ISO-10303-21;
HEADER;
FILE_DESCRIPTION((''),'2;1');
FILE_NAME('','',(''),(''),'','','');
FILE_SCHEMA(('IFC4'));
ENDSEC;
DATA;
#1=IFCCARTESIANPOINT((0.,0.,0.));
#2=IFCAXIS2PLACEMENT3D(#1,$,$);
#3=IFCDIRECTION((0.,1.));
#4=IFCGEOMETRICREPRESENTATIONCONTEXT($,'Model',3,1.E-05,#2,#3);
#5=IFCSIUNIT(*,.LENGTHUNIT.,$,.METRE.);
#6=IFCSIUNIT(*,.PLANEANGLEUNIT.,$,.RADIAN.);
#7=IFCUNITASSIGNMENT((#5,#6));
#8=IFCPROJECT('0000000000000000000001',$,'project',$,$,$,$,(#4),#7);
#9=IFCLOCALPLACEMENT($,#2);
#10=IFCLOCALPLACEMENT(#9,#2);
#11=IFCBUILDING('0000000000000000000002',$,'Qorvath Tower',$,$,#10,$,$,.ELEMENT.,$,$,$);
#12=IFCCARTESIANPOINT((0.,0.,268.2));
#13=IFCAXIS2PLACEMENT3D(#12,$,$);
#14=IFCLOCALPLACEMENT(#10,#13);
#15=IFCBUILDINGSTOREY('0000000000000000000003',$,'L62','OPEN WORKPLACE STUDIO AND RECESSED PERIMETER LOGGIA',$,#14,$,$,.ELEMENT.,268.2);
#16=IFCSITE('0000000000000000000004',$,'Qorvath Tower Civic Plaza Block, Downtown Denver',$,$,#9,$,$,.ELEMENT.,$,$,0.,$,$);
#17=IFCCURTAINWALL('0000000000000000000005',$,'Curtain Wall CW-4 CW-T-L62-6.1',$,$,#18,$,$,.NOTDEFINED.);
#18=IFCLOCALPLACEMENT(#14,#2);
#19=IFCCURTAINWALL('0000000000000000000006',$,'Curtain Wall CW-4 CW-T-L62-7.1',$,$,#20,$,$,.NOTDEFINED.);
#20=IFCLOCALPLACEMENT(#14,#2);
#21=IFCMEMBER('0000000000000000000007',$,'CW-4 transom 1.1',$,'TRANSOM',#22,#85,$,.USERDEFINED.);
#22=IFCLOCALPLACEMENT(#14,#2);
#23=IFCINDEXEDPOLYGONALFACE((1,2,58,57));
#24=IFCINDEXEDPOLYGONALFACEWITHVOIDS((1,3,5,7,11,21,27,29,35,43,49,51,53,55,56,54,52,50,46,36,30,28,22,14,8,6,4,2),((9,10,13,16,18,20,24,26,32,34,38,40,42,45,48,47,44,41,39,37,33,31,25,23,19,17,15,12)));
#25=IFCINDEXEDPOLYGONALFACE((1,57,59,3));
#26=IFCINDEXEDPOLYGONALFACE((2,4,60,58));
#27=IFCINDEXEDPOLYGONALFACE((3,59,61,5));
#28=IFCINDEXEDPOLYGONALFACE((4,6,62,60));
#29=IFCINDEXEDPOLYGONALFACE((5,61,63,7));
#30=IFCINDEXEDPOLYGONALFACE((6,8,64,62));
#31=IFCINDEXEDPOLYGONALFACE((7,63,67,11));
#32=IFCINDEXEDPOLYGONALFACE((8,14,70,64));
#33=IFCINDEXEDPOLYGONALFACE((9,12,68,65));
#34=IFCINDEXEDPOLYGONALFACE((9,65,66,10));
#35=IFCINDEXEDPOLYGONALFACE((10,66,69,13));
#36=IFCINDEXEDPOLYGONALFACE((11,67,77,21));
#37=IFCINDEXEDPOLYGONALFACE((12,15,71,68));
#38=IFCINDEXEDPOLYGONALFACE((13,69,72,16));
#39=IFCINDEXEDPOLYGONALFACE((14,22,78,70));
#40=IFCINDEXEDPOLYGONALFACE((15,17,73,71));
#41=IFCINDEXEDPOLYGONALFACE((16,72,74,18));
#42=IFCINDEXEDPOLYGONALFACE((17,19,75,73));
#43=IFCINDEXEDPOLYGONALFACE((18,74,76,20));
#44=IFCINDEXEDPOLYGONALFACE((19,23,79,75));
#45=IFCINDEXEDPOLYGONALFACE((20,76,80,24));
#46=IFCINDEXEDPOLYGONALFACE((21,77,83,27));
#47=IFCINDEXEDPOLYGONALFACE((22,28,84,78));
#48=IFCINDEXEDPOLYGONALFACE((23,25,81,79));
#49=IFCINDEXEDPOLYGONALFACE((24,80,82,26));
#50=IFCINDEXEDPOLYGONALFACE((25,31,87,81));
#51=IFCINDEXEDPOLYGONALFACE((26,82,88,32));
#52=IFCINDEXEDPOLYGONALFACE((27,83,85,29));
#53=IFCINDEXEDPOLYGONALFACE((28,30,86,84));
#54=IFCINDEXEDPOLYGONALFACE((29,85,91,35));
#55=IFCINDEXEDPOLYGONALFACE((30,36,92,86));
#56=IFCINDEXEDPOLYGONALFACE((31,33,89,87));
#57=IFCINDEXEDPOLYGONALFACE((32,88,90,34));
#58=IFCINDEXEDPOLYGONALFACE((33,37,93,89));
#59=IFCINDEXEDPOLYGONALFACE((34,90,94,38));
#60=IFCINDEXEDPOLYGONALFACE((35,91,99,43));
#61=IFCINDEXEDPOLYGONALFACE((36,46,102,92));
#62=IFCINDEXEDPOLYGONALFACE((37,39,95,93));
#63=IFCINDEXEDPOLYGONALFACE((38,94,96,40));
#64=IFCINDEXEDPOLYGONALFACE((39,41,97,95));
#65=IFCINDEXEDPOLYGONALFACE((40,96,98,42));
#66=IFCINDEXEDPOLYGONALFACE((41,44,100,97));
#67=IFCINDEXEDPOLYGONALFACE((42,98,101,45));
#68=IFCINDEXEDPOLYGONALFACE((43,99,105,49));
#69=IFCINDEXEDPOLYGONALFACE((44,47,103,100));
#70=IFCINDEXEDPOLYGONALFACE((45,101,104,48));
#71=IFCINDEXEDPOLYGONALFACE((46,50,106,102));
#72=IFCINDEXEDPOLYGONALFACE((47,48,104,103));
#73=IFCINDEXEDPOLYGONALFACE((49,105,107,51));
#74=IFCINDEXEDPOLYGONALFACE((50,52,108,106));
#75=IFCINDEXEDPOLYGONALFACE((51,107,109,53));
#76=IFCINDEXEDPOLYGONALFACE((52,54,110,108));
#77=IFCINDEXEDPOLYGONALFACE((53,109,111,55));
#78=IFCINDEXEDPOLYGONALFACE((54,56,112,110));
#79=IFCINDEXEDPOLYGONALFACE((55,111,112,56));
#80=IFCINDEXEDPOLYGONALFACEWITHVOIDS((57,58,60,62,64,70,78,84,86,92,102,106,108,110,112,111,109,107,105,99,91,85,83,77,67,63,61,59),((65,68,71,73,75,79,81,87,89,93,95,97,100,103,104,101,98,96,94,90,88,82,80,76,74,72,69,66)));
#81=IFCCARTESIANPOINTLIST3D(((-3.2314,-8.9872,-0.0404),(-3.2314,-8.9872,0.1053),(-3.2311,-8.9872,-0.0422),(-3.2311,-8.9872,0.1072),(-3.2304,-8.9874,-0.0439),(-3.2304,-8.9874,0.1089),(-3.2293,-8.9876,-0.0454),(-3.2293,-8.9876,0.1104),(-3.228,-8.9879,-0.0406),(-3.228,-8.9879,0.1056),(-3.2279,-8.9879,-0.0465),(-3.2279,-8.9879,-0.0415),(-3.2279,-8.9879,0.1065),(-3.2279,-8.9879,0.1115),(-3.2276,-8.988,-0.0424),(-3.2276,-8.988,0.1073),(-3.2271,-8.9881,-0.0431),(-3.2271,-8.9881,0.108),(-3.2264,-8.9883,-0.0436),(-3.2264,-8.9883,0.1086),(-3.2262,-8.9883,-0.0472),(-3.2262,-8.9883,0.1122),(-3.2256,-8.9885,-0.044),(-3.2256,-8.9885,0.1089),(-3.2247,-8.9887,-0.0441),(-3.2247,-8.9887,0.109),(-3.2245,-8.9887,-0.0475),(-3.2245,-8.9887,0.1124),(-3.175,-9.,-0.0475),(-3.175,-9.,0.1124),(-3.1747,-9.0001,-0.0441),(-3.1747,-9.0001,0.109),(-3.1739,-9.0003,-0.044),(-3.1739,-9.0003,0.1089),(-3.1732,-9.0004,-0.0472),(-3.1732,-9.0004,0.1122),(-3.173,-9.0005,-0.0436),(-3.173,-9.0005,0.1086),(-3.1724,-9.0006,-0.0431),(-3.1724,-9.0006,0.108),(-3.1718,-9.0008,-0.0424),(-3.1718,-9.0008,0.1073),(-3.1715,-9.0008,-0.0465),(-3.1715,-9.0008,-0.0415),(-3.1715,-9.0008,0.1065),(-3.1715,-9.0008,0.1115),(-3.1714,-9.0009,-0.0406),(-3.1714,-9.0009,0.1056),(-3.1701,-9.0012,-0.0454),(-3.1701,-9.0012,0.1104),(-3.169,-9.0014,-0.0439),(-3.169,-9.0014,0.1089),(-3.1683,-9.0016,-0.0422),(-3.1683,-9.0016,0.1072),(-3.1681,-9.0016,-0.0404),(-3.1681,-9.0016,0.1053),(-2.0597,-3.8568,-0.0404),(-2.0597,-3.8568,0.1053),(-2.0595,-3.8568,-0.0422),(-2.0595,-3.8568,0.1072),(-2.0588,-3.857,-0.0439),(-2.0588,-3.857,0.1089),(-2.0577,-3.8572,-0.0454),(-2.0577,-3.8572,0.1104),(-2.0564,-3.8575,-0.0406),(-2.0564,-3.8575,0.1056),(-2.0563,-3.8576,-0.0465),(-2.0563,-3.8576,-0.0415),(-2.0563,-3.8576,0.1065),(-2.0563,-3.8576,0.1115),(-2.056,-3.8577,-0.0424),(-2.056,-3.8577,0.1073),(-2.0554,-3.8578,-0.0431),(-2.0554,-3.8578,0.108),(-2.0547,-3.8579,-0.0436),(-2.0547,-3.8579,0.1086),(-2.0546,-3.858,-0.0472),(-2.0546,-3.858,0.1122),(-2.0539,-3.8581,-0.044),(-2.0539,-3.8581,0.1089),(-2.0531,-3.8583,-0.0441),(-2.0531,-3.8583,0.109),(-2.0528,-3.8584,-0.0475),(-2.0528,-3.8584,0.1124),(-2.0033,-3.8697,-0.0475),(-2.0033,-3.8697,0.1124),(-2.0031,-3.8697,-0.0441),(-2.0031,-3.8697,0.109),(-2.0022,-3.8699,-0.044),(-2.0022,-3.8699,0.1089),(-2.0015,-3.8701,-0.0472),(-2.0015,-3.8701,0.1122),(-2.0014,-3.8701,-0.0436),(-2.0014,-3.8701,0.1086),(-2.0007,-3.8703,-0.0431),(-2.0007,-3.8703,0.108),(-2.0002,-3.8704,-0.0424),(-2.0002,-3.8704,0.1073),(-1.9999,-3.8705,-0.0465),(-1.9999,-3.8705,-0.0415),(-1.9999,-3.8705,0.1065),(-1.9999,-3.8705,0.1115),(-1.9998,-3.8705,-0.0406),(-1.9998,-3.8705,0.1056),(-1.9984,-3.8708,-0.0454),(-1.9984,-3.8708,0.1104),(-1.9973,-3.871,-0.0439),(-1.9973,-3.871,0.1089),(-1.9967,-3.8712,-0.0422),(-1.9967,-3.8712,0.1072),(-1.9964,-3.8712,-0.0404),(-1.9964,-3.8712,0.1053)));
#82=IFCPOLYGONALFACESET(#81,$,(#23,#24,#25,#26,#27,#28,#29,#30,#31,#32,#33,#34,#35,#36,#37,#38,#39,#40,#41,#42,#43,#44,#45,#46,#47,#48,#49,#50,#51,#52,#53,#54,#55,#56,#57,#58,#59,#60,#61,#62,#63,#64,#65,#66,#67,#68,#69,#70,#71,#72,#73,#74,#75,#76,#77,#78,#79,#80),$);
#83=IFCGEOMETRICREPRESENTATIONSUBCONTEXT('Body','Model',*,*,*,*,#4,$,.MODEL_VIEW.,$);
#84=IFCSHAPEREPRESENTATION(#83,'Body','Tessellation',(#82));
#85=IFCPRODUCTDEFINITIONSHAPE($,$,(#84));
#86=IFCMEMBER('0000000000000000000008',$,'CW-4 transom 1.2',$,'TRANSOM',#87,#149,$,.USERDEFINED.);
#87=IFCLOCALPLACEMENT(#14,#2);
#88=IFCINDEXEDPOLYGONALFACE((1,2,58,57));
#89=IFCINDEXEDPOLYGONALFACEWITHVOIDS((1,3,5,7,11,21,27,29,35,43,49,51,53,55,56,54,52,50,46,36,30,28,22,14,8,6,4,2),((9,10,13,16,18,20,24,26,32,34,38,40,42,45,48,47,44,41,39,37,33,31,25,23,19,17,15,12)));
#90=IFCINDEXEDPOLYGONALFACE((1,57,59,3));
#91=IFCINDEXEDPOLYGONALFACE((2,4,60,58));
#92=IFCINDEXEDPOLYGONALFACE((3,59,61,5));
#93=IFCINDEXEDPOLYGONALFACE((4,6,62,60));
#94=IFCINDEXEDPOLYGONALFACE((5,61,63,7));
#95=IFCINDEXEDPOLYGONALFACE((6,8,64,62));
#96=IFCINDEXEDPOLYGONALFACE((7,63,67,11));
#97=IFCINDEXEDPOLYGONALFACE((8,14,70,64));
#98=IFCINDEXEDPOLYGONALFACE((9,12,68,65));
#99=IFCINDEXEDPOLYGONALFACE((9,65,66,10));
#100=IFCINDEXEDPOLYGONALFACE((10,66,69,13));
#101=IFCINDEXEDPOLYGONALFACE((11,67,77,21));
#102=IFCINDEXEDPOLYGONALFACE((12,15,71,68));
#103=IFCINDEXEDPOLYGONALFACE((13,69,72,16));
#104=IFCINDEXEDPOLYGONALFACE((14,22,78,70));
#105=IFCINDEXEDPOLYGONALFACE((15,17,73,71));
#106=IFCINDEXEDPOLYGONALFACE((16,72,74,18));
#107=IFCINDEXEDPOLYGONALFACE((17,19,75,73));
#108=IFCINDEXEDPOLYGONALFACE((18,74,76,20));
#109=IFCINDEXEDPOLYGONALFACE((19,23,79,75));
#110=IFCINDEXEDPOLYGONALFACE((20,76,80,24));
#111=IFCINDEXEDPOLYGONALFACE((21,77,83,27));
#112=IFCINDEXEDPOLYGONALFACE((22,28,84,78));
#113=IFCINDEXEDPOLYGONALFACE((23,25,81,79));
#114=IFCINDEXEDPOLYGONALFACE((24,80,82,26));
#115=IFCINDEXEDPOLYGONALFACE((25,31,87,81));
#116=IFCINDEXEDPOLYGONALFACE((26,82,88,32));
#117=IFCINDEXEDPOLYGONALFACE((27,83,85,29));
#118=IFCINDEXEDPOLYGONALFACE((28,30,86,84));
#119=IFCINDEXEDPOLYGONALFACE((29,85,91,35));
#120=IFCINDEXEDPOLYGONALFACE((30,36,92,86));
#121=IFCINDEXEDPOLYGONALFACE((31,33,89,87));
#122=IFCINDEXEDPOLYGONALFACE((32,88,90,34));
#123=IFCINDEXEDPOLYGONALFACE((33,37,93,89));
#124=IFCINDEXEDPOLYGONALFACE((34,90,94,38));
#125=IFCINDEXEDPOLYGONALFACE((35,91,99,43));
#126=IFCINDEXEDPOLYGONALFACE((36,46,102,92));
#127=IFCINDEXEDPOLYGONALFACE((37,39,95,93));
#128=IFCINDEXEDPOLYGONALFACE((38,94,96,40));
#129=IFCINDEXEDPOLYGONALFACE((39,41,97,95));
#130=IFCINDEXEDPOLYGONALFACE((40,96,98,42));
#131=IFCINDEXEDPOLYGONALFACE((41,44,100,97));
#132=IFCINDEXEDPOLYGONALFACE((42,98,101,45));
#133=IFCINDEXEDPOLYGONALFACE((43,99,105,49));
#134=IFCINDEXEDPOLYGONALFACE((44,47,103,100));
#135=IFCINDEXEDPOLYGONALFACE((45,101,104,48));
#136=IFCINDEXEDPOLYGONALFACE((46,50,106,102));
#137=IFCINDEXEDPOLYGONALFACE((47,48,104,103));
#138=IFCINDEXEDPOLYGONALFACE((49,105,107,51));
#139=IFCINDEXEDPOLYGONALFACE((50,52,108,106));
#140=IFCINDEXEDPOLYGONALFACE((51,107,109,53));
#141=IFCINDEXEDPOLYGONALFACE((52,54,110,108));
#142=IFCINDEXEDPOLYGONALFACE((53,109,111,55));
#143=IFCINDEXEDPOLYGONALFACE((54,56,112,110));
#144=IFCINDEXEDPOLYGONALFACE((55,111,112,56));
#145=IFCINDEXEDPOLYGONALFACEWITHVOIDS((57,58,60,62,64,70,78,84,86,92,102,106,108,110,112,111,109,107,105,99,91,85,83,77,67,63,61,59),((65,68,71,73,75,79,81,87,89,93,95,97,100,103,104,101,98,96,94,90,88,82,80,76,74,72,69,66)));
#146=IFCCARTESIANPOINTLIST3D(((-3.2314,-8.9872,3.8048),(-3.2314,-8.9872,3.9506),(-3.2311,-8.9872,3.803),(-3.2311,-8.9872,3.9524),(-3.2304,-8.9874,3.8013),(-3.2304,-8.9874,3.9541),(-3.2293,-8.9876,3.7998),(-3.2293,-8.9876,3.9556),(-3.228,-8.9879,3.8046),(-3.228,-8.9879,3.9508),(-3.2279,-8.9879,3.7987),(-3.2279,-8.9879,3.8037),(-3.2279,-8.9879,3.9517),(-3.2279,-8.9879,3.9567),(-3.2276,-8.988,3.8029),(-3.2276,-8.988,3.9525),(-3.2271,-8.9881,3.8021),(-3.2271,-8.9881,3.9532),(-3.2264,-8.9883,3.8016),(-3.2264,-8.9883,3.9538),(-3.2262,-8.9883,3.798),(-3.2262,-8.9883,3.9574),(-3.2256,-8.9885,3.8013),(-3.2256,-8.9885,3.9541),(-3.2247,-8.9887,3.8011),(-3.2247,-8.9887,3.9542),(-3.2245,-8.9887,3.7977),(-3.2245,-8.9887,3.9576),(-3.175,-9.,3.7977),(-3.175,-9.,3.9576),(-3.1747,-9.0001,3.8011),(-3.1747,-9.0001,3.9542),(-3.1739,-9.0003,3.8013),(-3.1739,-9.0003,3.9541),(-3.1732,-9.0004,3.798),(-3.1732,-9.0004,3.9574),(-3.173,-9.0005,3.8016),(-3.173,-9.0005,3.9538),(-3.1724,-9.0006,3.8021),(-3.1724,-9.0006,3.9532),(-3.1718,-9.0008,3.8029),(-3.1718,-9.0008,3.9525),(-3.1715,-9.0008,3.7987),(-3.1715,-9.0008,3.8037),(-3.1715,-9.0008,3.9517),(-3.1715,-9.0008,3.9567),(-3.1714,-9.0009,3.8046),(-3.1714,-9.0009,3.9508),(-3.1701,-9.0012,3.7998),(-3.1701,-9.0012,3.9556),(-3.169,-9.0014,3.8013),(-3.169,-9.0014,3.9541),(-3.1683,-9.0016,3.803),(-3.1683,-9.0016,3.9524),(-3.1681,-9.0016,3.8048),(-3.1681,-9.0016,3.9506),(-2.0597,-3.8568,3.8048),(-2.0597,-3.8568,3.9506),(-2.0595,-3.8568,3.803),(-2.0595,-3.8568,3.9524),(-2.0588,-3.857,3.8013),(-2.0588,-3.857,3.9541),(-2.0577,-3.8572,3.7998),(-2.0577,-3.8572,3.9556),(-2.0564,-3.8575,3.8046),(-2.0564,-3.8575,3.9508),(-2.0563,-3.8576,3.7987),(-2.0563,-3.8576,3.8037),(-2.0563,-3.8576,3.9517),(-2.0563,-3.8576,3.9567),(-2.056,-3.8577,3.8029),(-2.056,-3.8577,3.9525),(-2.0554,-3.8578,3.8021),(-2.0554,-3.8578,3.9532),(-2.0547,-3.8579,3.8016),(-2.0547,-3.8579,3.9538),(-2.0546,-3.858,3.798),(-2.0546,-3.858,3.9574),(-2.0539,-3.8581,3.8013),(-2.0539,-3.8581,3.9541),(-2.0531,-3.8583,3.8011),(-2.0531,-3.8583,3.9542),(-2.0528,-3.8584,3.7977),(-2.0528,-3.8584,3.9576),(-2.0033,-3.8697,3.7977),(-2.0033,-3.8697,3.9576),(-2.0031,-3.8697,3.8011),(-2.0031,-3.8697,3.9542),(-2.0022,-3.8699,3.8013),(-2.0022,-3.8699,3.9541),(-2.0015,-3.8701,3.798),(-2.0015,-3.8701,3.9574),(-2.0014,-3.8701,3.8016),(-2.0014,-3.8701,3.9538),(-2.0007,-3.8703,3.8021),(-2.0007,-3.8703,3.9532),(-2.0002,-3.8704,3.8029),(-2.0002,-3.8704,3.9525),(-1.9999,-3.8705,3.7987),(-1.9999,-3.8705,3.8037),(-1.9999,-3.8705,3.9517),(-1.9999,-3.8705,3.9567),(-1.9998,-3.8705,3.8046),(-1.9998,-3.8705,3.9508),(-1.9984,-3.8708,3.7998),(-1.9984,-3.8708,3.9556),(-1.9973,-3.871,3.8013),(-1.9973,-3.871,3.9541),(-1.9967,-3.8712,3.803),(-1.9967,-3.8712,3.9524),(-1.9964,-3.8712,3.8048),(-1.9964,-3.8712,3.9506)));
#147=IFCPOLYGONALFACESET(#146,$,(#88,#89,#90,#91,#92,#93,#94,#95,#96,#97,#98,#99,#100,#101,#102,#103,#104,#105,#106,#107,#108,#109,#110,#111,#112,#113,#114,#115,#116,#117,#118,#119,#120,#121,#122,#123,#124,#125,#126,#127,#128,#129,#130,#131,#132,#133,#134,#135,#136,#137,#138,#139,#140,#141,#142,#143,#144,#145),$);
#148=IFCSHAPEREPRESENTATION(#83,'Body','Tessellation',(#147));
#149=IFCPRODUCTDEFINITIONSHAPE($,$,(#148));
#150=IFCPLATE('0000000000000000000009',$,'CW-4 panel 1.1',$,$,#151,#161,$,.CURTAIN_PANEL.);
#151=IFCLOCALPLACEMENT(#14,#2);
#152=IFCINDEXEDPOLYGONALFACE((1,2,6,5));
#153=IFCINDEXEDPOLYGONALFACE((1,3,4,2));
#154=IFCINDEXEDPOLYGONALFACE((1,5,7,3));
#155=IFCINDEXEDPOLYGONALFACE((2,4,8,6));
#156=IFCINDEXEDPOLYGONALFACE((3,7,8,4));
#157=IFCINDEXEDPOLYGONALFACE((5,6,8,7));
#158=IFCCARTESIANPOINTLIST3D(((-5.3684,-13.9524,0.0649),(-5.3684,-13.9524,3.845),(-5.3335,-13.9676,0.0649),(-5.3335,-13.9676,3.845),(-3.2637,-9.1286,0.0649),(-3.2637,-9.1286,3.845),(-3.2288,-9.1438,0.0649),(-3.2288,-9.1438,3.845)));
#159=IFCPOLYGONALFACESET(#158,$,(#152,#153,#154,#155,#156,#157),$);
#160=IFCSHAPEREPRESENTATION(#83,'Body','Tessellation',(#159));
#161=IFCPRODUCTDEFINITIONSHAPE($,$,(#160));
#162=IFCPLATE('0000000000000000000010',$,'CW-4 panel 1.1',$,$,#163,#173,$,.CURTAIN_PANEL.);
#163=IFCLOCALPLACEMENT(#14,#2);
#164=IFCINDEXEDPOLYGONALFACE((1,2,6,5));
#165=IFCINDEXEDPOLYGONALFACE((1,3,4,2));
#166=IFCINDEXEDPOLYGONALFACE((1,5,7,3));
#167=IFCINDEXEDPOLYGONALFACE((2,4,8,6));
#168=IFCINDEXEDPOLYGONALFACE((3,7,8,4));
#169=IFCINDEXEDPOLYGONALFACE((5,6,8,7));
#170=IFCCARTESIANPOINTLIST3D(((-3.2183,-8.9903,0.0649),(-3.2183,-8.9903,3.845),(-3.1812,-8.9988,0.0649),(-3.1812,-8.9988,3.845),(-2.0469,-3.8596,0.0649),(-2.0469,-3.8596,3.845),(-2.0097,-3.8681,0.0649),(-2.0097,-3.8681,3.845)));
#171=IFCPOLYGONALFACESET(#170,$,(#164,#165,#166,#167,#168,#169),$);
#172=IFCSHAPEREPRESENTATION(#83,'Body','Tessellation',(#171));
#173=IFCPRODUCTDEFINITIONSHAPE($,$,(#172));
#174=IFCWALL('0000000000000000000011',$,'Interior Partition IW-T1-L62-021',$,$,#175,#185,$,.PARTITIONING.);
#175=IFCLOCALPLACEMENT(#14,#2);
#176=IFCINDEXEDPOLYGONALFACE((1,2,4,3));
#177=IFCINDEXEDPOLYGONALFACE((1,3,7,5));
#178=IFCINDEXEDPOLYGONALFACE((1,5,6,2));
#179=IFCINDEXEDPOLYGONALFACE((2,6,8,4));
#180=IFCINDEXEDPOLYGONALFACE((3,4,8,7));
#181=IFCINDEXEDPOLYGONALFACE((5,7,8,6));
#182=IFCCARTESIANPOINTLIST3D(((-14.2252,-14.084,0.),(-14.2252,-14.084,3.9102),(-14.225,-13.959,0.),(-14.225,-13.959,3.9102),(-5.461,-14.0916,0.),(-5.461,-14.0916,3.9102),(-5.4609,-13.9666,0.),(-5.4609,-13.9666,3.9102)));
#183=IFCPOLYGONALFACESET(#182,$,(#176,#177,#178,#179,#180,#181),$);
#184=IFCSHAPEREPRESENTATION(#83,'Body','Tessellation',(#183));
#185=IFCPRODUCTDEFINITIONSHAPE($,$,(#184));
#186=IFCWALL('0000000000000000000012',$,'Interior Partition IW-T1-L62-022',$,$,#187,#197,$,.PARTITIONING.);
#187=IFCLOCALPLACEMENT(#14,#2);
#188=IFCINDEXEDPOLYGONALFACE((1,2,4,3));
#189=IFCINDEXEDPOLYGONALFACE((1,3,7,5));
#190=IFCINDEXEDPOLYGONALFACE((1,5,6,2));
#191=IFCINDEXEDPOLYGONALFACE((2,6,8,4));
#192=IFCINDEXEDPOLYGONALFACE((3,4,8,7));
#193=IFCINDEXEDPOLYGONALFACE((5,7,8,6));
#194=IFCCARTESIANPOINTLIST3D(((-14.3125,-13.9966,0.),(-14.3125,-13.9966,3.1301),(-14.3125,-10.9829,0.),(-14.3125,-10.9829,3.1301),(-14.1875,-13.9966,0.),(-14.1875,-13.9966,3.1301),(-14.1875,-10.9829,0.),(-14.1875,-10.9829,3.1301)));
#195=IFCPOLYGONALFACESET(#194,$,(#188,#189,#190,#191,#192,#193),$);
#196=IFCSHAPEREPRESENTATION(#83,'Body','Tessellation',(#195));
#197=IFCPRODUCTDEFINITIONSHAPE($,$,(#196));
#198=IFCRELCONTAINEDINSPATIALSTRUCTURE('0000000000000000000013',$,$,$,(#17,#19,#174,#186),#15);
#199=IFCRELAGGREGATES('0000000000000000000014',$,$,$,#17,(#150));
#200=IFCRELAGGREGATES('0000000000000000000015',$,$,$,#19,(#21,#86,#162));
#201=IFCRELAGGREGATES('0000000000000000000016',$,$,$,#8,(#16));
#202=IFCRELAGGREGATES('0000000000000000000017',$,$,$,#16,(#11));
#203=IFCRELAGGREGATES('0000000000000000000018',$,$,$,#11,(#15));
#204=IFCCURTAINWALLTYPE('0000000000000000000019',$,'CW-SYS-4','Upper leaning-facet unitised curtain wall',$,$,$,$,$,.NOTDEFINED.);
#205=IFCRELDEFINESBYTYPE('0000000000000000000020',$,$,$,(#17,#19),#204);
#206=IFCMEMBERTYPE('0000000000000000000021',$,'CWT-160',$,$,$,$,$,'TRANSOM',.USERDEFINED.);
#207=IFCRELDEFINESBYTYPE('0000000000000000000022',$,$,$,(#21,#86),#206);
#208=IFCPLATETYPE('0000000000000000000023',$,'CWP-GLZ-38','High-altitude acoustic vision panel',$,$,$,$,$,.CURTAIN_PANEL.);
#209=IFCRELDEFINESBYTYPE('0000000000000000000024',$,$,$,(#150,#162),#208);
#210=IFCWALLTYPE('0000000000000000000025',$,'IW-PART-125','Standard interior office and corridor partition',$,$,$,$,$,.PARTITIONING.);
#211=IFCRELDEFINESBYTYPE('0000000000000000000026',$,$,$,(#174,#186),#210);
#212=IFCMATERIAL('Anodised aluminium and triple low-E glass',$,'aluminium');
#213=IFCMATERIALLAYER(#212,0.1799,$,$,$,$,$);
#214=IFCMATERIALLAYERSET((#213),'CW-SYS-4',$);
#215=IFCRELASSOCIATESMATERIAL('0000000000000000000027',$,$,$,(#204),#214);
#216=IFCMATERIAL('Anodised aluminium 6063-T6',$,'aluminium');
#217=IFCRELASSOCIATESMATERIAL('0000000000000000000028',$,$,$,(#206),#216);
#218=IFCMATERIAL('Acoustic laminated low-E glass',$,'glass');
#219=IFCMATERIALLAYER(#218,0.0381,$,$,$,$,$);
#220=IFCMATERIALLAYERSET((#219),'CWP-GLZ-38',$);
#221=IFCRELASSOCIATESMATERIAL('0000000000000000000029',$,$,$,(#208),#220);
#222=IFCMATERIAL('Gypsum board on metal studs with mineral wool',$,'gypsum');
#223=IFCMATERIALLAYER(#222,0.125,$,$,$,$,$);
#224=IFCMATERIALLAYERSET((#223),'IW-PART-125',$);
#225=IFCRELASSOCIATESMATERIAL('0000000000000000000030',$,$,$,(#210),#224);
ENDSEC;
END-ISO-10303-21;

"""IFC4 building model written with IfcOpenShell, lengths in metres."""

from ifc_helpers import new_model, si_unit, direction, frame, frame_2d, origin, origin_2d, place, context, subcontext, project, spatial, rectangle, hollow_rectangle, extrude, material, layer, layer_set, material_profile, profile_set, type_object, element, aggregate, save


model = new_model("IFC4")

# Units and contexts
model_context = context("Model", 3, precision=1e-05, world=origin(), true_north=direction((0.0, 1.0)))
body_context = subcontext(model_context, "Body", "Model", "MODEL_VIEW")
ifc_project = project(units=[si_unit("LENGTHUNIT", "METRE"), si_unit("PLANEANGLEUNIT", "RADIAN")], contexts=[model_context])

# Site, building, storey
site_placement = place(None, origin())
site = spatial("IfcSite", under=ifc_project, at=site_placement, Name="Qorvath Tower Civic Plaza Block, Downtown Denver", CompositionType="ELEMENT", RefElevation=0.0)
building_placement = place(site_placement, origin())
building = spatial("IfcBuilding", under=site, at=building_placement, Name="Qorvath Tower", CompositionType="ELEMENT")
storey_placement = place(building_placement, frame((0.0, 0.0, 268.2)))
storey = spatial("IfcBuildingStorey", under=building, at=storey_placement, Name="L62", Description="OPEN WORKPLACE STUDIO AND RECESSED PERIMETER LOGGIA", CompositionType="ELEMENT", Elevation=268.2)

# Shared definitions
ifc_material_1 = material(Name="Anodised aluminium and triple low-E glass", Category="aluminium")
ifc_layer_1 = layer(ifc_material_1, 0.1799)
ifc_layer_set_1 = layer_set([ifc_layer_1], Name="CW-SYS-4")
curtain_wall_type = type_object("IfcCurtainWallType", Name="CW-SYS-4", Description="Upper leaning-facet unitised curtain wall", PredefinedType="NOTDEFINED", material=ifc_layer_set_1)

# Curtain wall
curtain_wall_1_placement = place(storey_placement, origin())
curtain_wall_1 = element("IfcCurtainWall", 1, at=curtain_wall_1_placement, inside=storey, type_object=curtain_wall_type, Name="Curtain Wall CW-4 CW-T-L62-6.1", PredefinedType="NOTDEFINED")

# Curtain wall
curtain_wall_2_placement = place(storey_placement, origin())
curtain_wall_2 = element("IfcCurtainWall", 2, at=curtain_wall_2_placement, inside=storey, type_object=curtain_wall_type, Name="Curtain Wall CW-4 CW-T-L62-7.1", PredefinedType="NOTDEFINED")

# Members
ifc_material_2 = material(Name="Anodised aluminium 6063-T6", Category="aluminium")
ifc_material_profile_1 = material_profile(ifc_material_2, hollow_rectangle(XDim=0.0649, YDim=0.1599, WallThickness=0.0034, InnerFilletRadius=0.0034, OuterFilletRadius=0.0071, at=origin_2d()), Name="CWT 160x65")
ifc_profile_set_1 = profile_set([ifc_material_profile_1], Name="Anodised aluminium 6063-T6")
member_type_1 = type_object("IfcMemberType", Name="CWT-160", ElementType="TRANSOM", PredefinedType="USERDEFINED", material=ifc_profile_set_1)
member_1_placement = place(storey_placement, frame((-3.1997, -8.9944, 0.0325), z_axis=(0.22264, 0.974901, 0.0), x_axis=(-0.974901, 0.22264, 0.0)))
member_1 = element("IfcMember", 3, at=member_1_placement, type_object=member_type_1, Name="CW-4 transom 1.1", ObjectType="TRANSOM", PredefinedType="USERDEFINED", context=body_context, shape_type="SweptSolid", body=[
    extrude(hollow_rectangle(XDim=0.0649, YDim=0.1599, WallThickness=0.0034, InnerFilletRadius=0.0034, OuterFilletRadius=0.0071, at=origin_2d()), origin(), (0.0, 0.0, 1.0), 5.2625),
])
member_2_placement = place(storey_placement, frame((-3.1997, -8.9944, 3.8777), z_axis=(0.22264, 0.974901, 0.0), x_axis=(-0.974901, 0.22264, 0.0)))
member_2 = element("IfcMember", 4, at=member_2_placement, type_object=member_type_1, Name="CW-4 transom 1.2", ObjectType="TRANSOM", PredefinedType="USERDEFINED", context=body_context, shape_type="SweptSolid", body=[
    extrude(hollow_rectangle(XDim=0.0649, YDim=0.1599, WallThickness=0.0034, InnerFilletRadius=0.0034, OuterFilletRadius=0.0071, at=origin_2d()), origin(), (0.0, 0.0, 1.0), 5.2625),
])

# Plates
ifc_material_3 = material(Name="Acoustic laminated low-E glass", Category="glass")
ifc_layer_2 = layer(ifc_material_3, 0.0381)
ifc_layer_set_2 = layer_set([ifc_layer_2], Name="CWP-GLZ-38")
plate_type = type_object("IfcPlateType", Name="CWP-GLZ-38", Description="High-altitude acoustic vision panel", PredefinedType="CURTAIN_PANEL", material=ifc_layer_set_2)
plate_1_placement = place(storey_placement, frame((-4.2986, -11.5481, 0.0649), z_axis=(0.0, 0.0, 1.0), x_axis=(0.3999, 0.916559, 0.0)))
plate_1 = element("IfcPlate", 5, at=plate_1_placement, type_object=plate_type, Name="CW-4 panel 1.1", PredefinedType="CURTAIN_PANEL", context=body_context, shape_type="SweptSolid", body=[
    extrude(rectangle(XDim=5.2629, YDim=0.0381, at=origin_2d()), origin(), (0.0, 0.0, 1.0), 3.78),
])
aggregate(curtain_wall_1, [plate_1])
plate_2_placement = place(storey_placement, frame((-2.614, -6.4292, 0.0649), z_axis=(0.0, 0.0, 1.0), x_axis=(0.222592, 0.974912, 0.0)))
plate_2 = element("IfcPlate", 6, at=plate_2_placement, type_object=plate_type, Name="CW-4 panel 1.1", PredefinedType="CURTAIN_PANEL", context=body_context, shape_type="SweptSolid", body=[
    extrude(rectangle(XDim=5.2627, YDim=0.0381, at=origin_2d()), origin(), (0.0, 0.0, 1.0), 3.78),
])
aggregate(curtain_wall_2, [member_1, member_2, plate_2])

# Walls
ifc_material_4 = material(Name="Gypsum board on metal studs with mineral wool", Category="gypsum")
ifc_layer_3 = layer(ifc_material_4, 0.125)
ifc_layer_set_3 = layer_set([ifc_layer_3], Name="IW-PART-125")
wall_type_1 = type_object("IfcWallType", Name="IW-PART-125", Description="Standard interior office and corridor partition", PredefinedType="PARTITIONING", material=ifc_layer_set_3)
wall_1_placement = place(storey_placement, frame((-14.2251, -14.0215, 0.0), z_axis=(0.0, 0.0, 1.0), x_axis=(1.0, -0.000864, 0.0)))
element("IfcWall", 7, at=wall_1_placement, inside=storey, type_object=wall_type_1, Name="Interior Partition IW-T1-L62-021", PredefinedType="PARTITIONING", context=body_context, shape_type="SweptSolid", body=[
    extrude(rectangle(XDim=8.7642, YDim=0.125, at=frame_2d((4.3821, 0.0))), origin(), (0.0, 0.0, 1.0), 3.9102),
])
wall_2_placement = place(storey_placement, frame((-14.25, -13.9966, 0.0), z_axis=(0.0, 0.0, 1.0), x_axis=(0.0, 1.0, 0.0)))
element("IfcWall", 8, at=wall_2_placement, inside=storey, type_object=wall_type_1, Name="Interior Partition IW-T1-L62-022", PredefinedType="PARTITIONING", context=body_context, shape_type="SweptSolid", body=[
    extrude(rectangle(XDim=3.0137, YDim=0.125, at=frame_2d((1.5068, 0.0))), origin(), (0.0, 0.0, 1.0), 3.1301),
])

save(model, "model.ifc")
